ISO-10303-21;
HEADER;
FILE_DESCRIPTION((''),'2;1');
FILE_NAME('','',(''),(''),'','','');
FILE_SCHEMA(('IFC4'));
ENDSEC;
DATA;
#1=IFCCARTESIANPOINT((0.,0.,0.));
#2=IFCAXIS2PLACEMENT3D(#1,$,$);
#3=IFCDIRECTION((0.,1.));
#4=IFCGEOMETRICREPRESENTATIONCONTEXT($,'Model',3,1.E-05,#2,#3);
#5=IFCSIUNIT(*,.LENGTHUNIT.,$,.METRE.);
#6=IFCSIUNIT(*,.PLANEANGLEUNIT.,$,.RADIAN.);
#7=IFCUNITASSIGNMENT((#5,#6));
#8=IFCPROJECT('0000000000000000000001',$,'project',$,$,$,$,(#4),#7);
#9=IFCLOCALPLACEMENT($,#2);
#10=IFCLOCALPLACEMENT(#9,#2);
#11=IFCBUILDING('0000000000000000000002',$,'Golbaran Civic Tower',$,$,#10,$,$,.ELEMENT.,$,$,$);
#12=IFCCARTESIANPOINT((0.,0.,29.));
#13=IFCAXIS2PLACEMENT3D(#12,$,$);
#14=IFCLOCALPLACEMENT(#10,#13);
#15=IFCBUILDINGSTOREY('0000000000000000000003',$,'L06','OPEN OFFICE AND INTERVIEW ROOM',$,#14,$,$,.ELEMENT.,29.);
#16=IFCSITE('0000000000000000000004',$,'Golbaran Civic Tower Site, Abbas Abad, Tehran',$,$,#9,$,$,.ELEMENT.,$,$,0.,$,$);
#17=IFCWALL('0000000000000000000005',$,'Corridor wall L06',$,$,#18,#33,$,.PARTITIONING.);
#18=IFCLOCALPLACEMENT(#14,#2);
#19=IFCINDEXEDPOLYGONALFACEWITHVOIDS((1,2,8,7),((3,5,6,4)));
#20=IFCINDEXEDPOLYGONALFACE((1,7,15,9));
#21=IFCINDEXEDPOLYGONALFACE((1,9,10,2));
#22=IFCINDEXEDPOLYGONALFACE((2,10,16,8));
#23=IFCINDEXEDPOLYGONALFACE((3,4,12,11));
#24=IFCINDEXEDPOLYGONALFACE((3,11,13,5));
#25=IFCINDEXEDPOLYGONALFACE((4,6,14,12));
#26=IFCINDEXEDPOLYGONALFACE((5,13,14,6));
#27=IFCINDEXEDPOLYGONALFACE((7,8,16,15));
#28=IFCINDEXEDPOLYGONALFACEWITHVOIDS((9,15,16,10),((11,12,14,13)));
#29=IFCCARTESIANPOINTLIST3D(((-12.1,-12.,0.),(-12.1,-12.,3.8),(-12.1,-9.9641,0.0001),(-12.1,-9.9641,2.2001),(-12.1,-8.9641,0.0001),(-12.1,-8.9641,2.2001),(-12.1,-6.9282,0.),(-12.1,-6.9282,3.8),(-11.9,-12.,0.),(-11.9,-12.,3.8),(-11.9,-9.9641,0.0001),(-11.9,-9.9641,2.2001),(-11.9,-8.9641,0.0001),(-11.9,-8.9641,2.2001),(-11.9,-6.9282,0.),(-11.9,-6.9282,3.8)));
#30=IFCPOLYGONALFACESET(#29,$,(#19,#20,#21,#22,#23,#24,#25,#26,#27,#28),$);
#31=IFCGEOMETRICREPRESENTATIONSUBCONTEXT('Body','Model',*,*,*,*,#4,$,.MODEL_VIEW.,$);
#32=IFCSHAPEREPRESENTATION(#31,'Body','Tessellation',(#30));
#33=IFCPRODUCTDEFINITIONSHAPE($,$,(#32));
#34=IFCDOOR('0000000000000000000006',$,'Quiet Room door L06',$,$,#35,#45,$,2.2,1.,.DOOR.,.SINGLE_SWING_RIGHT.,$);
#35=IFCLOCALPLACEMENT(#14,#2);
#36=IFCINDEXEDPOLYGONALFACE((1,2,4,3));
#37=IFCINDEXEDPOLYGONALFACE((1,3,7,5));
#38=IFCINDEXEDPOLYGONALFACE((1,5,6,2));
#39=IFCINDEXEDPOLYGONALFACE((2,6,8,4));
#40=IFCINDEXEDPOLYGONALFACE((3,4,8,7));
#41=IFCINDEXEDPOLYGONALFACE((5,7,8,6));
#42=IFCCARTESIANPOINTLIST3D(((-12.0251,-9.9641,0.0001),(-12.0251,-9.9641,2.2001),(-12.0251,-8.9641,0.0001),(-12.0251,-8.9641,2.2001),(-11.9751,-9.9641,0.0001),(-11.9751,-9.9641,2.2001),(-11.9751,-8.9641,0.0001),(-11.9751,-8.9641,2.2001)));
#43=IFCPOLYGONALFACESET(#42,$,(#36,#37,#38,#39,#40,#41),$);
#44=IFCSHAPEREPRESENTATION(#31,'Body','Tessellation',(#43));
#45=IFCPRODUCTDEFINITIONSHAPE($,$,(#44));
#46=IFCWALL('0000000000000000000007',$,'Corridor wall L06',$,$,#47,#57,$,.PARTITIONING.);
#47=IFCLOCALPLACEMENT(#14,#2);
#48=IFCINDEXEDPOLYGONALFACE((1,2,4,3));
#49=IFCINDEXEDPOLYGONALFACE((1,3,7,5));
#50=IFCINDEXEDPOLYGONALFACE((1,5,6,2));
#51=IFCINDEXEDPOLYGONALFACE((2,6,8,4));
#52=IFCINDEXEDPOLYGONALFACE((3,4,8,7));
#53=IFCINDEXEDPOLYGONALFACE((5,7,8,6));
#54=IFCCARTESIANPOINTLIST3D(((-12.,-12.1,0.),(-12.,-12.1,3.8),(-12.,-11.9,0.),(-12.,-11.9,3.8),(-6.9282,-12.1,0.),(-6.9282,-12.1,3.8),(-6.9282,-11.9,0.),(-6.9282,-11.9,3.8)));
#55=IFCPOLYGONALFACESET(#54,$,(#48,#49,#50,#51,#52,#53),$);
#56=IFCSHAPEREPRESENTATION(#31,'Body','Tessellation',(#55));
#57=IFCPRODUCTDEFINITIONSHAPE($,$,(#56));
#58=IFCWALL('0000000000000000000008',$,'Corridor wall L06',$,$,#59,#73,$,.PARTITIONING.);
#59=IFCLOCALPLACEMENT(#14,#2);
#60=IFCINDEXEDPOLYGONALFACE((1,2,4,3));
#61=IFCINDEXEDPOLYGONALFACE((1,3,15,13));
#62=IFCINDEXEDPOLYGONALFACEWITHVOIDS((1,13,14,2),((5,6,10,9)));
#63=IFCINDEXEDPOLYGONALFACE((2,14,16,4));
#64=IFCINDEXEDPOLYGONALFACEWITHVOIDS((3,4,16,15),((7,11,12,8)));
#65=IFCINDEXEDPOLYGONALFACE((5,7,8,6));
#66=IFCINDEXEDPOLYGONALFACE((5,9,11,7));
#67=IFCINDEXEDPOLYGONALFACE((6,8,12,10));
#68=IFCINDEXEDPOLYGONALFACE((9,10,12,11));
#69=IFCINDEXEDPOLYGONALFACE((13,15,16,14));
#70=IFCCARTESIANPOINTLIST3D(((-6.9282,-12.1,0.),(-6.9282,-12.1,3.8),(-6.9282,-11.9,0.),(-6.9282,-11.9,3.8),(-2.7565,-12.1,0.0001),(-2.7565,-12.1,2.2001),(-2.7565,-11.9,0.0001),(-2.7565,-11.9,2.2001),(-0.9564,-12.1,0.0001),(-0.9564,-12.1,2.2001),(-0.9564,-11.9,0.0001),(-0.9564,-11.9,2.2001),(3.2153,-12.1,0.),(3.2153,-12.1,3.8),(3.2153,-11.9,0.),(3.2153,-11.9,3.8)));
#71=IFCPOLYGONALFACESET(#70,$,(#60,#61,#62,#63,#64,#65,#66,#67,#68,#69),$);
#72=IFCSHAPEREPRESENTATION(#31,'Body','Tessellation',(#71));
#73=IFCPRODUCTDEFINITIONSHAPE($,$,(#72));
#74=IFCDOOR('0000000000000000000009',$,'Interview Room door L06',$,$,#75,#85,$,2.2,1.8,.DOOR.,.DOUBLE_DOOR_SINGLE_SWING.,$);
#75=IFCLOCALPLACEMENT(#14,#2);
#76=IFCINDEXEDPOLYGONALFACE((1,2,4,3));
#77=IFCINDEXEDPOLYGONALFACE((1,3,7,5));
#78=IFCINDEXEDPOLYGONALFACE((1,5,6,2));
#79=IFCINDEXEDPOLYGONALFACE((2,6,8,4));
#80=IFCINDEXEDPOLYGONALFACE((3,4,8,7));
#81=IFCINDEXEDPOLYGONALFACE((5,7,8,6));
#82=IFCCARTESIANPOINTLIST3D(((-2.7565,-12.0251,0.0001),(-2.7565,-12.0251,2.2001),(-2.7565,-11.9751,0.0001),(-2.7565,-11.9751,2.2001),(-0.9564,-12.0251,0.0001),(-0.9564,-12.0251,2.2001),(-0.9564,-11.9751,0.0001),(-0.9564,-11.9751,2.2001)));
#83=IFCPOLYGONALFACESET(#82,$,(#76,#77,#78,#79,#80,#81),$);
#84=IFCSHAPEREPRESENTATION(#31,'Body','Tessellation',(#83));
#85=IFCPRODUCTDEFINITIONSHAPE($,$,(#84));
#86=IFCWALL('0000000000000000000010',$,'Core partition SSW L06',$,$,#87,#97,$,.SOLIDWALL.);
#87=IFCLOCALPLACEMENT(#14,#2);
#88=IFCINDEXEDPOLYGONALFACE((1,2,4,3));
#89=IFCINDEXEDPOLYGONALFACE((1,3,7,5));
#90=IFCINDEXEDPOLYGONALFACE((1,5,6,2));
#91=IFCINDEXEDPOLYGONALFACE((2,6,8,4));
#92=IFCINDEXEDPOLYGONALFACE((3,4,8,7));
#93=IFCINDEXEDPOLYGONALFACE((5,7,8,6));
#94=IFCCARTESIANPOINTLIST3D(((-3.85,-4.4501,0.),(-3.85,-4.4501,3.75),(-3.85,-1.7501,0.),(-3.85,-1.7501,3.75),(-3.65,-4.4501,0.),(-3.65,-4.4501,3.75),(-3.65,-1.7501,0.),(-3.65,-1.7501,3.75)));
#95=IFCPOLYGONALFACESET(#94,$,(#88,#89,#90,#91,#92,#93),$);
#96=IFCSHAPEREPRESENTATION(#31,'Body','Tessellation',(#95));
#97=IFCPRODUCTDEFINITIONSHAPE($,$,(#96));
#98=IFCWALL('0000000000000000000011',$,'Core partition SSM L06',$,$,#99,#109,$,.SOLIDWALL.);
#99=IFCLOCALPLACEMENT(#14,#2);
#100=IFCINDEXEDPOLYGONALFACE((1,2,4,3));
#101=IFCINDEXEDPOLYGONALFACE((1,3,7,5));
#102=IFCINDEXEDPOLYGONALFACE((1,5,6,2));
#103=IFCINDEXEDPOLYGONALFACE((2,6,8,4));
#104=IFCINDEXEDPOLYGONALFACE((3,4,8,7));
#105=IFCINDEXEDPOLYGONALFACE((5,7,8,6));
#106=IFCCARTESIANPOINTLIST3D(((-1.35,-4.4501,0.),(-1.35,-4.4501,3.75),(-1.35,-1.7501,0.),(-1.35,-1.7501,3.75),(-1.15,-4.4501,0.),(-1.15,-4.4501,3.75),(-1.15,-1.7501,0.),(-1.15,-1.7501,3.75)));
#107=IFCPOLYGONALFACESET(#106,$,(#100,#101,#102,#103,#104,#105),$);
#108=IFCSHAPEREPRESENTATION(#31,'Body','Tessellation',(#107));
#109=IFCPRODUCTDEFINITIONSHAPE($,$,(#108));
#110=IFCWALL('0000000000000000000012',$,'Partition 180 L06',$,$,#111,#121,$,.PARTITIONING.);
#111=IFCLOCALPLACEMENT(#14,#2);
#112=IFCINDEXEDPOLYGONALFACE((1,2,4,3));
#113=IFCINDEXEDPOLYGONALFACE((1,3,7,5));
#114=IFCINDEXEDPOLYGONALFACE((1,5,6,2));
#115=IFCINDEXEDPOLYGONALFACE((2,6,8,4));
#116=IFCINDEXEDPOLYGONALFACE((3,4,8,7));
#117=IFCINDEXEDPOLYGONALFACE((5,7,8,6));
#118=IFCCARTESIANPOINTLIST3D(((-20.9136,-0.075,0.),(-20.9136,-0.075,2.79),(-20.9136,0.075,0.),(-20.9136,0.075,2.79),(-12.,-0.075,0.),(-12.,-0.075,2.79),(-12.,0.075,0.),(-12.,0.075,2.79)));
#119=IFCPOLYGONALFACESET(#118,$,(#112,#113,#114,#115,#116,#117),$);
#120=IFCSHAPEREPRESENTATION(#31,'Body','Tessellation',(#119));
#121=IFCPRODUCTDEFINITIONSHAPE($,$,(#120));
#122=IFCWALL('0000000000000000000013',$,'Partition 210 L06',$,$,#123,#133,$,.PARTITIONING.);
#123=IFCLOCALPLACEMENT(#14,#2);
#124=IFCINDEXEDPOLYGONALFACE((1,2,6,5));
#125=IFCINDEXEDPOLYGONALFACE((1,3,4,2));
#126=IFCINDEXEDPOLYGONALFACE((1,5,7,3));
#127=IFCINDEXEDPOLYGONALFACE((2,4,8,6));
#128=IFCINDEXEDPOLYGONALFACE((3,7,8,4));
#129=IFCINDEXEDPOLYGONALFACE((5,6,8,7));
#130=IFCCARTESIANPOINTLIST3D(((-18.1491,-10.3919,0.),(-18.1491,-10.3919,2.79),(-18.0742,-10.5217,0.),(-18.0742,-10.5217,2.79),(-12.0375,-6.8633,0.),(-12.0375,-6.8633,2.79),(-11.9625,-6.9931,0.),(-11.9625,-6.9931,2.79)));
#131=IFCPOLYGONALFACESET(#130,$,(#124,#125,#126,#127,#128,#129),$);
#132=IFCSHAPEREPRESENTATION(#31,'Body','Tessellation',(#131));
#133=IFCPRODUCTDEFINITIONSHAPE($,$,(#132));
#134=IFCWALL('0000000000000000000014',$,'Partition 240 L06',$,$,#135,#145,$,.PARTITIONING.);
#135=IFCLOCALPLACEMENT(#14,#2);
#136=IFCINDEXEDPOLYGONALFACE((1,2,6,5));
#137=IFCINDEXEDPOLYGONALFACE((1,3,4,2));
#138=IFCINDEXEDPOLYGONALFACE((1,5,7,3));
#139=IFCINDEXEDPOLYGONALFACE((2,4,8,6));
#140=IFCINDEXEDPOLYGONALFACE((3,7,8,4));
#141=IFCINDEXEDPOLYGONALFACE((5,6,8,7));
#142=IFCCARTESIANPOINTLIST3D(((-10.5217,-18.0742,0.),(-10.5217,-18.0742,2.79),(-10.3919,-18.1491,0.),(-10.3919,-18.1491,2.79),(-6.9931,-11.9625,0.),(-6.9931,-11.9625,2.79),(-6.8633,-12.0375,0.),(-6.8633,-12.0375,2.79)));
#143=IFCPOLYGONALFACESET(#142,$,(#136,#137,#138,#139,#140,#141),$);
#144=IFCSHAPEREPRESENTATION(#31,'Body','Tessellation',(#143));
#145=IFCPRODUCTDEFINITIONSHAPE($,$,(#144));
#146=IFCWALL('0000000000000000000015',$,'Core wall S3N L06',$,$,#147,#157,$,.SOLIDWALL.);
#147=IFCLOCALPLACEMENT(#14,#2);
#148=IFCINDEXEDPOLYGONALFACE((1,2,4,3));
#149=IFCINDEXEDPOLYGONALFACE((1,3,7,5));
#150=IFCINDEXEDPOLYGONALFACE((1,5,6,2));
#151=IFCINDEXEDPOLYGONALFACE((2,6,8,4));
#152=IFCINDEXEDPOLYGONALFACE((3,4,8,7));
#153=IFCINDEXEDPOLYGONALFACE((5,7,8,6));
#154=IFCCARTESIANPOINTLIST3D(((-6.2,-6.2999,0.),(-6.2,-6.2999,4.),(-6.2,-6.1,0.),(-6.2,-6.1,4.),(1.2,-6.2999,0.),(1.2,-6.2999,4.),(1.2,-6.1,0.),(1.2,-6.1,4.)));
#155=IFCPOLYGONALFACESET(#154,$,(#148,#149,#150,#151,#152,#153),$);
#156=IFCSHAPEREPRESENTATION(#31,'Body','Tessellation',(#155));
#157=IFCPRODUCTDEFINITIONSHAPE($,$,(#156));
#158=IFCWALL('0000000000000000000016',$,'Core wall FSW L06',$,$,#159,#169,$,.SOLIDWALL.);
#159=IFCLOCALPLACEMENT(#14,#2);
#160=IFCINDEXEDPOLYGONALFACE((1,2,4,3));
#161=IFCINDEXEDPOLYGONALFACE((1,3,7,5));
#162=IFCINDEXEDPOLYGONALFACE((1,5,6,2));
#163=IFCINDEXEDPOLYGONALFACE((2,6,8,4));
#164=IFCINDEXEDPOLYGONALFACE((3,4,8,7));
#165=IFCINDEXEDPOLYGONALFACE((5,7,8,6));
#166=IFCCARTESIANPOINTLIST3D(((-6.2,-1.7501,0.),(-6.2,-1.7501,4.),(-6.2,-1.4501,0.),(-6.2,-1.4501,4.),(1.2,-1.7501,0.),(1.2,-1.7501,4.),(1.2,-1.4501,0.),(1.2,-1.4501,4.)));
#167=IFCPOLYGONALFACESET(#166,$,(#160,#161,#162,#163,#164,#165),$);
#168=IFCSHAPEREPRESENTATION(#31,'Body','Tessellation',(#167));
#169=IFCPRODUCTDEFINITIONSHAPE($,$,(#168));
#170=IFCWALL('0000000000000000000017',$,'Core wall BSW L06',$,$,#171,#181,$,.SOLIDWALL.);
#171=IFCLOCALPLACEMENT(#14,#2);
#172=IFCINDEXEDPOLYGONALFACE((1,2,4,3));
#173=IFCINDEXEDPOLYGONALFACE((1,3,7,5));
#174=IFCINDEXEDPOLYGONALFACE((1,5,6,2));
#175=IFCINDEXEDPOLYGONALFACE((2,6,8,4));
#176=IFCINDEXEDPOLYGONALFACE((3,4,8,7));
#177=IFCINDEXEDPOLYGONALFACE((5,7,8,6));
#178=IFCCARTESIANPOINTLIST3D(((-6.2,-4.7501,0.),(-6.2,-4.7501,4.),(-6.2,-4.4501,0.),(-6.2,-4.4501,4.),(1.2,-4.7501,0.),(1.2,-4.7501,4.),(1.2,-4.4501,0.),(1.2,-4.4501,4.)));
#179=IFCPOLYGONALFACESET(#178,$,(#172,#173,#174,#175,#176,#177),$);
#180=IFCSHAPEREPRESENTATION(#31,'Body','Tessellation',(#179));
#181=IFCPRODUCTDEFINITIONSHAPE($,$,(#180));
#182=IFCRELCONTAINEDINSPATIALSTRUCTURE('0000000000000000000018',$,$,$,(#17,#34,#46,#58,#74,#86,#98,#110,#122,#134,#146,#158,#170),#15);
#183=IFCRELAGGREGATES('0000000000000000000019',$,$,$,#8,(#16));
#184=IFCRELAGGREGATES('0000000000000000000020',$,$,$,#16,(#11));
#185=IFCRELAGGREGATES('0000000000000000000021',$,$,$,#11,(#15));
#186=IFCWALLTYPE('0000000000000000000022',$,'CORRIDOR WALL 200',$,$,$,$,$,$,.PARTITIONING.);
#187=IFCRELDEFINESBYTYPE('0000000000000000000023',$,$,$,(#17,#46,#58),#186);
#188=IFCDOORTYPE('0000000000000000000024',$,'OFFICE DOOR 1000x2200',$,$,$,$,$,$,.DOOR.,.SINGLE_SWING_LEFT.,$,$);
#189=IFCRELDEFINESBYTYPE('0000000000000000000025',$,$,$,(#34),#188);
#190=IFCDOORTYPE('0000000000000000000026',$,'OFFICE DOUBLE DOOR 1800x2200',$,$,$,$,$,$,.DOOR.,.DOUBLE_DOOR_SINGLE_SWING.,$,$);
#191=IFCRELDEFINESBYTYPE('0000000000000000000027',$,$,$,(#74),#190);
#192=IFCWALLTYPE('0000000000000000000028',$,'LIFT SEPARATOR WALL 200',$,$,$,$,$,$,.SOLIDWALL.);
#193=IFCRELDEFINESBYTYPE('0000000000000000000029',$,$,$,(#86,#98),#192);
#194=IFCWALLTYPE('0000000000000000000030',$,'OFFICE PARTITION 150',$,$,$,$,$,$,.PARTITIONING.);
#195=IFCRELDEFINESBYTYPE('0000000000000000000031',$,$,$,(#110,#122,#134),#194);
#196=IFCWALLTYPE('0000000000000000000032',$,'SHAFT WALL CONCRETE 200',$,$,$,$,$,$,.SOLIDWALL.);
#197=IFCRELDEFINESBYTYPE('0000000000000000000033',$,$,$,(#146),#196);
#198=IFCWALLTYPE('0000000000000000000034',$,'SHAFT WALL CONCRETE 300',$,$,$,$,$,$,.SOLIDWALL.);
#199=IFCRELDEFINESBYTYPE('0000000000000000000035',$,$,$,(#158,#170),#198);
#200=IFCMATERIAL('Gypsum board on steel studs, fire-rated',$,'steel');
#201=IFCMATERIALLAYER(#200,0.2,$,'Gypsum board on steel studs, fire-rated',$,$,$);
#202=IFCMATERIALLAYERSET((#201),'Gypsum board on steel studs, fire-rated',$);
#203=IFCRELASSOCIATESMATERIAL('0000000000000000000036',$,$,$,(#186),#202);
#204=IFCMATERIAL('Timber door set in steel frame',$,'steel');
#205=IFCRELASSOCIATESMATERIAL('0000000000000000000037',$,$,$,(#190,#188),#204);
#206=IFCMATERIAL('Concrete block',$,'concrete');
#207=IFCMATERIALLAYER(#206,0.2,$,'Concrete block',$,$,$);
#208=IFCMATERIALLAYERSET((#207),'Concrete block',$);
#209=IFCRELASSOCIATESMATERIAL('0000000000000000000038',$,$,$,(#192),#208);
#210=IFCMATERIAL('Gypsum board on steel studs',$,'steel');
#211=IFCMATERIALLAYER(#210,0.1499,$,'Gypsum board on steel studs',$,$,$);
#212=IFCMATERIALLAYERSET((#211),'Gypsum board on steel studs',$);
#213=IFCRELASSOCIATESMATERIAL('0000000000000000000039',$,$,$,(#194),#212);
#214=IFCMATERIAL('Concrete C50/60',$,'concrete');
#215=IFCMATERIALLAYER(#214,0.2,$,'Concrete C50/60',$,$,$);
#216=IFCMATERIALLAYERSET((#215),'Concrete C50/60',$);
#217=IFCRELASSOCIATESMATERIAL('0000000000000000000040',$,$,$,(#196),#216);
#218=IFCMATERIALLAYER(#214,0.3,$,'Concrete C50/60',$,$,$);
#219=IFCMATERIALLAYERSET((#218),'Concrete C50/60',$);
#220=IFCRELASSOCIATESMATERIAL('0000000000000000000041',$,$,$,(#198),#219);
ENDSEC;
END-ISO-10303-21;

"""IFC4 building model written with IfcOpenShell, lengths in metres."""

from ifc_helpers import new_model, si_unit, direction, frame, frame_2d, origin, place, context, subcontext, project, spatial, rectangle, extrude, material, layer, layer_set, type_object, element, fill, save


model = new_model("IFC4")

# Units and contexts
model_context = context("Model", 3, precision=1e-05, world=origin(), true_north=direction((0.0, 1.0)))
body_context = subcontext(model_context, "Body", "Model", "MODEL_VIEW")
ifc_project = project(units=[si_unit("LENGTHUNIT", "METRE"), si_unit("PLANEANGLEUNIT", "RADIAN")], contexts=[model_context])

# Site, building, storey
site_placement = place(None, origin())
site = spatial("IfcSite", under=ifc_project, at=site_placement, Name="Golbaran Civic Tower Site, Abbas Abad, Tehran", CompositionType="ELEMENT", RefElevation=0.0)
building_placement = place(site_placement, origin())
building = spatial("IfcBuilding", under=site, at=building_placement, Name="Golbaran Civic Tower", CompositionType="ELEMENT")
storey_placement = place(building_placement, frame((0.0, 0.0, 29.0)))
storey = spatial("IfcBuildingStorey", under=building, at=storey_placement, Name="L06", Description="OPEN OFFICE AND INTERVIEW ROOM", CompositionType="ELEMENT", Elevation=29.0)

# Wall, opening, door
ifc_material_1 = material(Name="Concrete C50/60", Category="concrete")
ifc_material_2 = material(Name="Timber door set in steel frame", Category="steel")
ifc_material_3 = material(Name="Gypsum board on steel studs, fire-rated", Category="steel")
ifc_layer_1 = layer(ifc_material_3, 0.2, Name="Gypsum board on steel studs, fire-rated")
ifc_layer_set_1 = layer_set([ifc_layer_1], Name="Gypsum board on steel studs, fire-rated")
wall_type_1 = type_object("IfcWallType", Name="CORRIDOR WALL 200", PredefinedType="PARTITIONING", material=ifc_layer_set_1)
door_type_1 = type_object("IfcDoorType", Name="OFFICE DOUBLE DOOR 1800x2200", OperationType="DOUBLE_DOOR_SINGLE_SWING", PredefinedType="DOOR", material=ifc_material_2)
wall_1_placement = place(storey_placement, frame((-12.0, -6.9282, 0.0), z_axis=(0.0, 0.0, 1.0), x_axis=(0.0, -1.0, 0.0)))
wall_1 = element("IfcWall", 1, at=wall_1_placement, inside=storey, type_object=wall_type_1, Name="Corridor wall L06", PredefinedType="PARTITIONING", context=body_context, shape_type="SweptSolid", body=[
    extrude(rectangle(XDim=5.0718, YDim=0.2, at=frame_2d((2.5359, 0.0))), origin(), (0.0, 0.0, 1.0), 3.8),
])
opening_1_placement = place(wall_1_placement, frame((2.0359, 0.0, 0.0)))
opening_1 = element("IfcOpeningElement", 2, at=opening_1_placement, cuts=wall_1, PredefinedType="OPENING", context=body_context, shape_type="SweptSolid", body=[
    extrude(rectangle(XDim=1.0, YDim=2.2, at=frame_2d((0.5, 1.1001))), frame((0.0, 0.1099, 0.0), z_axis=(0.0, -1.0, 0.0), x_axis=(1.0, 0.0, 0.0)), (0.0, 0.0, 1.0), 0.22),
])
door_type_2 = type_object("IfcDoorType", Name="OFFICE DOOR 1000x2200", OperationType="SINGLE_SWING_LEFT", PredefinedType="DOOR", material=ifc_material_2)
door_1_placement = place(opening_1_placement, origin())
door_1 = element("IfcDoor", 3, at=door_1_placement, inside=storey, type_object=door_type_2, Name="Quiet Room door L06", OperationType="SINGLE_SWING_RIGHT", OverallHeight=2.2, OverallWidth=1.0, PredefinedType="DOOR", context=body_context, shape_type="SweptSolid", body=[
    extrude(rectangle(XDim=1.0, YDim=2.2, at=frame_2d((0.5, 1.1001))), frame((0.0, 0.0249, 0.0), z_axis=(0.0, -1.0, 0.0), x_axis=(1.0, 0.0, 0.0)), (0.0, 0.0, 1.0), 0.05),
])
fill(opening_1, door_1)

# Wall
wall_2_placement = place(storey_placement, frame((-12.0, -12.0, 0.0), z_axis=(0.0, 0.0, 1.0), x_axis=(1.0, 0.0, 0.0)))
element("IfcWall", 4, at=wall_2_placement, inside=storey, type_object=wall_type_1, Name="Corridor wall L06", PredefinedType="PARTITIONING", context=body_context, shape_type="SweptSolid", body=[
    extrude(rectangle(XDim=5.0718, YDim=0.2, at=frame_2d((2.5359, 0.0))), origin(), (0.0, 0.0, 1.0), 3.8),
])

# Wall, opening, door
wall_3_placement = place(storey_placement, frame((-6.9282, -12.0, 0.0), z_axis=(0.0, 0.0, 1.0), x_axis=(1.0, 0.0, 0.0)))
wall_3 = element("IfcWall", 5, at=wall_3_placement, inside=storey, type_object=wall_type_1, Name="Corridor wall L06", PredefinedType="PARTITIONING", context=body_context, shape_type="SweptSolid", body=[
    extrude(rectangle(XDim=10.1436, YDim=0.2, at=frame_2d((5.0718, 0.0))), origin(), (0.0, 0.0, 1.0), 3.8),
])
opening_2_placement = place(wall_3_placement, frame((4.1719, 0.0, 0.0)))
opening_2 = element("IfcOpeningElement", 6, at=opening_2_placement, cuts=wall_3, PredefinedType="OPENING", context=body_context, shape_type="SweptSolid", body=[
    extrude(rectangle(XDim=1.8, YDim=2.2, at=frame_2d((0.8999, 1.1001))), frame((0.0, 0.1099, 0.0), z_axis=(0.0, -1.0, 0.0), x_axis=(1.0, 0.0, 0.0)), (0.0, 0.0, 1.0), 0.22),
])
door_2_placement = place(opening_2_placement, origin())
door_2 = element("IfcDoor", 7, at=door_2_placement, inside=storey, type_object=door_type_1, Name="Interview Room door L06", OperationType="DOUBLE_DOOR_SINGLE_SWING", OverallHeight=2.2, OverallWidth=1.8, PredefinedType="DOOR", context=body_context, shape_type="SweptSolid", body=[
    extrude(rectangle(XDim=1.8, YDim=2.2, at=frame_2d((0.8999, 1.1001))), frame((0.0, 0.0249, 0.0), z_axis=(0.0, -1.0, 0.0), x_axis=(1.0, 0.0, 0.0)), (0.0, 0.0, 1.0), 0.05),
])
fill(opening_2, door_2)

# Walls
ifc_material_4 = material(Name="Concrete block", Category="concrete")
ifc_layer_2 = layer(ifc_material_4, 0.2, Name="Concrete block")
ifc_layer_set_2 = layer_set([ifc_layer_2], Name="Concrete block")
wall_type_2 = type_object("IfcWallType", Name="LIFT SEPARATOR WALL 200", PredefinedType="SOLIDWALL", material=ifc_layer_set_2)
for number, where, z_axis, x_axis, name in (
    (8, (-3.75, -1.75, 0.0), (0.0, 0.0, 1.0), (0.0, -1.0, 0.0), "Core partition SSW L06"),
    (9, (-1.25, -1.75, 0.0), (0.0, 0.0, 1.0), (0.0, -1.0, 0.0), "Core partition SSM L06"),
):
    element("IfcWall", number, at=place(storey_placement, frame(where, z_axis=z_axis, x_axis=x_axis)), inside=storey, type_object=wall_type_2, Name=name, PredefinedType="SOLIDWALL", context=body_context, shape_type="SweptSolid", body=[
        extrude(rectangle(XDim=2.7, YDim=0.2, at=frame_2d((1.3501, 0.0))), origin(), (0.0, 0.0, 1.0), 3.75),
    ])
ifc_material_5 = material(Name="Gypsum board on steel studs", Category="steel")
ifc_layer_3 = layer(ifc_material_5, 0.1499, Name="Gypsum board on steel studs")
ifc_layer_set_3 = layer_set([ifc_layer_3], Name="Gypsum board on steel studs")
wall_type_3 = type_object("IfcWallType", Name="OFFICE PARTITION 150", PredefinedType="PARTITIONING", material=ifc_layer_set_3)
wall_4_placement = place(storey_placement, frame((-12.0, 0.0, 0.0), z_axis=(0.0, 0.0, 1.0), x_axis=(-1.0, 0.0, 0.0)))
element("IfcWall", 10, at=wall_4_placement, inside=storey, type_object=wall_type_3, Name="Partition 180 L06", PredefinedType="PARTITIONING", context=body_context, shape_type="SweptSolid", body=[
    extrude(rectangle(XDim=8.9136, YDim=0.1499, at=frame_2d((4.4568, 0.0))), origin(), (0.0, 0.0, 1.0), 2.79),
])
for number, where, z_axis, x_axis, name in (
    (11, (-12.0, -6.9282, 0.0), (0.0, 0.0, 1.0), (-0.866023, -0.500005, 0.0), "Partition 210 L06"),
    (12, (-6.9282, -12.0, 0.0), (0.0, 0.0, 1.0), (-0.500005, -0.866023, 0.0), "Partition 240 L06"),
):
    element("IfcWall", number, at=place(storey_placement, frame(where, z_axis=z_axis, x_axis=x_axis)), inside=storey, type_object=wall_type_3, Name=name, PredefinedType="PARTITIONING", context=body_context, shape_type="SweptSolid", body=[
        extrude(rectangle(XDim=7.0571, YDim=0.1499, at=frame_2d((3.5286, 0.0))), origin(), (0.0, 0.0, 1.0), 2.79),
    ])
ifc_layer_4 = layer(ifc_material_1, 0.2, Name="Concrete C50/60")
ifc_layer_set_4 = layer_set([ifc_layer_4], Name="Concrete C50/60")
wall_type_4 = type_object("IfcWallType", Name="SHAFT WALL CONCRETE 200", PredefinedType="SOLIDWALL", material=ifc_layer_set_4)
wall_5_placement = place(storey_placement, frame((-6.2, -6.2, 0.0), z_axis=(0.0, 0.0, 1.0), x_axis=(1.0, 0.0, 0.0)))
element("IfcWall", 13, at=wall_5_placement, inside=storey, type_object=wall_type_4, Name="Core wall S3N L06", PredefinedType="SOLIDWALL", context=body_context, shape_type="SweptSolid", body=[
    extrude(rectangle(XDim=7.3999, YDim=0.2, at=frame_2d((3.7, 0.0))), origin(), (0.0, 0.0, 1.0), 4.0),
])
ifc_layer_5 = layer(ifc_material_1, 0.3, Name="Concrete C50/60")
ifc_layer_set_5 = layer_set([ifc_layer_5], Name="Concrete C50/60")
wall_type_5 = type_object("IfcWallType", Name="SHAFT WALL CONCRETE 300", PredefinedType="SOLIDWALL", material=ifc_layer_set_5)
for number, where, z_axis, x_axis, name in (
    (14, (-6.2, -1.6001, 0.0), (0.0, 0.0, 1.0), (1.0, 0.0, 0.0), "Core wall FSW L06"),
    (15, (-6.2, -4.6001, 0.0), (0.0, 0.0, 1.0), (1.0, 0.0, 0.0), "Core wall BSW L06"),
):
    element("IfcWall", number, at=place(storey_placement, frame(where, z_axis=z_axis, x_axis=x_axis)), inside=storey, type_object=wall_type_5, Name=name, PredefinedType="SOLIDWALL", context=body_context, shape_type="SweptSolid", body=[
        extrude(rectangle(XDim=7.3999, YDim=0.3, at=frame_2d((3.7, 0.0))), origin(), (0.0, 0.0, 1.0), 4.0),
    ])

save(model, "model.ifc")
